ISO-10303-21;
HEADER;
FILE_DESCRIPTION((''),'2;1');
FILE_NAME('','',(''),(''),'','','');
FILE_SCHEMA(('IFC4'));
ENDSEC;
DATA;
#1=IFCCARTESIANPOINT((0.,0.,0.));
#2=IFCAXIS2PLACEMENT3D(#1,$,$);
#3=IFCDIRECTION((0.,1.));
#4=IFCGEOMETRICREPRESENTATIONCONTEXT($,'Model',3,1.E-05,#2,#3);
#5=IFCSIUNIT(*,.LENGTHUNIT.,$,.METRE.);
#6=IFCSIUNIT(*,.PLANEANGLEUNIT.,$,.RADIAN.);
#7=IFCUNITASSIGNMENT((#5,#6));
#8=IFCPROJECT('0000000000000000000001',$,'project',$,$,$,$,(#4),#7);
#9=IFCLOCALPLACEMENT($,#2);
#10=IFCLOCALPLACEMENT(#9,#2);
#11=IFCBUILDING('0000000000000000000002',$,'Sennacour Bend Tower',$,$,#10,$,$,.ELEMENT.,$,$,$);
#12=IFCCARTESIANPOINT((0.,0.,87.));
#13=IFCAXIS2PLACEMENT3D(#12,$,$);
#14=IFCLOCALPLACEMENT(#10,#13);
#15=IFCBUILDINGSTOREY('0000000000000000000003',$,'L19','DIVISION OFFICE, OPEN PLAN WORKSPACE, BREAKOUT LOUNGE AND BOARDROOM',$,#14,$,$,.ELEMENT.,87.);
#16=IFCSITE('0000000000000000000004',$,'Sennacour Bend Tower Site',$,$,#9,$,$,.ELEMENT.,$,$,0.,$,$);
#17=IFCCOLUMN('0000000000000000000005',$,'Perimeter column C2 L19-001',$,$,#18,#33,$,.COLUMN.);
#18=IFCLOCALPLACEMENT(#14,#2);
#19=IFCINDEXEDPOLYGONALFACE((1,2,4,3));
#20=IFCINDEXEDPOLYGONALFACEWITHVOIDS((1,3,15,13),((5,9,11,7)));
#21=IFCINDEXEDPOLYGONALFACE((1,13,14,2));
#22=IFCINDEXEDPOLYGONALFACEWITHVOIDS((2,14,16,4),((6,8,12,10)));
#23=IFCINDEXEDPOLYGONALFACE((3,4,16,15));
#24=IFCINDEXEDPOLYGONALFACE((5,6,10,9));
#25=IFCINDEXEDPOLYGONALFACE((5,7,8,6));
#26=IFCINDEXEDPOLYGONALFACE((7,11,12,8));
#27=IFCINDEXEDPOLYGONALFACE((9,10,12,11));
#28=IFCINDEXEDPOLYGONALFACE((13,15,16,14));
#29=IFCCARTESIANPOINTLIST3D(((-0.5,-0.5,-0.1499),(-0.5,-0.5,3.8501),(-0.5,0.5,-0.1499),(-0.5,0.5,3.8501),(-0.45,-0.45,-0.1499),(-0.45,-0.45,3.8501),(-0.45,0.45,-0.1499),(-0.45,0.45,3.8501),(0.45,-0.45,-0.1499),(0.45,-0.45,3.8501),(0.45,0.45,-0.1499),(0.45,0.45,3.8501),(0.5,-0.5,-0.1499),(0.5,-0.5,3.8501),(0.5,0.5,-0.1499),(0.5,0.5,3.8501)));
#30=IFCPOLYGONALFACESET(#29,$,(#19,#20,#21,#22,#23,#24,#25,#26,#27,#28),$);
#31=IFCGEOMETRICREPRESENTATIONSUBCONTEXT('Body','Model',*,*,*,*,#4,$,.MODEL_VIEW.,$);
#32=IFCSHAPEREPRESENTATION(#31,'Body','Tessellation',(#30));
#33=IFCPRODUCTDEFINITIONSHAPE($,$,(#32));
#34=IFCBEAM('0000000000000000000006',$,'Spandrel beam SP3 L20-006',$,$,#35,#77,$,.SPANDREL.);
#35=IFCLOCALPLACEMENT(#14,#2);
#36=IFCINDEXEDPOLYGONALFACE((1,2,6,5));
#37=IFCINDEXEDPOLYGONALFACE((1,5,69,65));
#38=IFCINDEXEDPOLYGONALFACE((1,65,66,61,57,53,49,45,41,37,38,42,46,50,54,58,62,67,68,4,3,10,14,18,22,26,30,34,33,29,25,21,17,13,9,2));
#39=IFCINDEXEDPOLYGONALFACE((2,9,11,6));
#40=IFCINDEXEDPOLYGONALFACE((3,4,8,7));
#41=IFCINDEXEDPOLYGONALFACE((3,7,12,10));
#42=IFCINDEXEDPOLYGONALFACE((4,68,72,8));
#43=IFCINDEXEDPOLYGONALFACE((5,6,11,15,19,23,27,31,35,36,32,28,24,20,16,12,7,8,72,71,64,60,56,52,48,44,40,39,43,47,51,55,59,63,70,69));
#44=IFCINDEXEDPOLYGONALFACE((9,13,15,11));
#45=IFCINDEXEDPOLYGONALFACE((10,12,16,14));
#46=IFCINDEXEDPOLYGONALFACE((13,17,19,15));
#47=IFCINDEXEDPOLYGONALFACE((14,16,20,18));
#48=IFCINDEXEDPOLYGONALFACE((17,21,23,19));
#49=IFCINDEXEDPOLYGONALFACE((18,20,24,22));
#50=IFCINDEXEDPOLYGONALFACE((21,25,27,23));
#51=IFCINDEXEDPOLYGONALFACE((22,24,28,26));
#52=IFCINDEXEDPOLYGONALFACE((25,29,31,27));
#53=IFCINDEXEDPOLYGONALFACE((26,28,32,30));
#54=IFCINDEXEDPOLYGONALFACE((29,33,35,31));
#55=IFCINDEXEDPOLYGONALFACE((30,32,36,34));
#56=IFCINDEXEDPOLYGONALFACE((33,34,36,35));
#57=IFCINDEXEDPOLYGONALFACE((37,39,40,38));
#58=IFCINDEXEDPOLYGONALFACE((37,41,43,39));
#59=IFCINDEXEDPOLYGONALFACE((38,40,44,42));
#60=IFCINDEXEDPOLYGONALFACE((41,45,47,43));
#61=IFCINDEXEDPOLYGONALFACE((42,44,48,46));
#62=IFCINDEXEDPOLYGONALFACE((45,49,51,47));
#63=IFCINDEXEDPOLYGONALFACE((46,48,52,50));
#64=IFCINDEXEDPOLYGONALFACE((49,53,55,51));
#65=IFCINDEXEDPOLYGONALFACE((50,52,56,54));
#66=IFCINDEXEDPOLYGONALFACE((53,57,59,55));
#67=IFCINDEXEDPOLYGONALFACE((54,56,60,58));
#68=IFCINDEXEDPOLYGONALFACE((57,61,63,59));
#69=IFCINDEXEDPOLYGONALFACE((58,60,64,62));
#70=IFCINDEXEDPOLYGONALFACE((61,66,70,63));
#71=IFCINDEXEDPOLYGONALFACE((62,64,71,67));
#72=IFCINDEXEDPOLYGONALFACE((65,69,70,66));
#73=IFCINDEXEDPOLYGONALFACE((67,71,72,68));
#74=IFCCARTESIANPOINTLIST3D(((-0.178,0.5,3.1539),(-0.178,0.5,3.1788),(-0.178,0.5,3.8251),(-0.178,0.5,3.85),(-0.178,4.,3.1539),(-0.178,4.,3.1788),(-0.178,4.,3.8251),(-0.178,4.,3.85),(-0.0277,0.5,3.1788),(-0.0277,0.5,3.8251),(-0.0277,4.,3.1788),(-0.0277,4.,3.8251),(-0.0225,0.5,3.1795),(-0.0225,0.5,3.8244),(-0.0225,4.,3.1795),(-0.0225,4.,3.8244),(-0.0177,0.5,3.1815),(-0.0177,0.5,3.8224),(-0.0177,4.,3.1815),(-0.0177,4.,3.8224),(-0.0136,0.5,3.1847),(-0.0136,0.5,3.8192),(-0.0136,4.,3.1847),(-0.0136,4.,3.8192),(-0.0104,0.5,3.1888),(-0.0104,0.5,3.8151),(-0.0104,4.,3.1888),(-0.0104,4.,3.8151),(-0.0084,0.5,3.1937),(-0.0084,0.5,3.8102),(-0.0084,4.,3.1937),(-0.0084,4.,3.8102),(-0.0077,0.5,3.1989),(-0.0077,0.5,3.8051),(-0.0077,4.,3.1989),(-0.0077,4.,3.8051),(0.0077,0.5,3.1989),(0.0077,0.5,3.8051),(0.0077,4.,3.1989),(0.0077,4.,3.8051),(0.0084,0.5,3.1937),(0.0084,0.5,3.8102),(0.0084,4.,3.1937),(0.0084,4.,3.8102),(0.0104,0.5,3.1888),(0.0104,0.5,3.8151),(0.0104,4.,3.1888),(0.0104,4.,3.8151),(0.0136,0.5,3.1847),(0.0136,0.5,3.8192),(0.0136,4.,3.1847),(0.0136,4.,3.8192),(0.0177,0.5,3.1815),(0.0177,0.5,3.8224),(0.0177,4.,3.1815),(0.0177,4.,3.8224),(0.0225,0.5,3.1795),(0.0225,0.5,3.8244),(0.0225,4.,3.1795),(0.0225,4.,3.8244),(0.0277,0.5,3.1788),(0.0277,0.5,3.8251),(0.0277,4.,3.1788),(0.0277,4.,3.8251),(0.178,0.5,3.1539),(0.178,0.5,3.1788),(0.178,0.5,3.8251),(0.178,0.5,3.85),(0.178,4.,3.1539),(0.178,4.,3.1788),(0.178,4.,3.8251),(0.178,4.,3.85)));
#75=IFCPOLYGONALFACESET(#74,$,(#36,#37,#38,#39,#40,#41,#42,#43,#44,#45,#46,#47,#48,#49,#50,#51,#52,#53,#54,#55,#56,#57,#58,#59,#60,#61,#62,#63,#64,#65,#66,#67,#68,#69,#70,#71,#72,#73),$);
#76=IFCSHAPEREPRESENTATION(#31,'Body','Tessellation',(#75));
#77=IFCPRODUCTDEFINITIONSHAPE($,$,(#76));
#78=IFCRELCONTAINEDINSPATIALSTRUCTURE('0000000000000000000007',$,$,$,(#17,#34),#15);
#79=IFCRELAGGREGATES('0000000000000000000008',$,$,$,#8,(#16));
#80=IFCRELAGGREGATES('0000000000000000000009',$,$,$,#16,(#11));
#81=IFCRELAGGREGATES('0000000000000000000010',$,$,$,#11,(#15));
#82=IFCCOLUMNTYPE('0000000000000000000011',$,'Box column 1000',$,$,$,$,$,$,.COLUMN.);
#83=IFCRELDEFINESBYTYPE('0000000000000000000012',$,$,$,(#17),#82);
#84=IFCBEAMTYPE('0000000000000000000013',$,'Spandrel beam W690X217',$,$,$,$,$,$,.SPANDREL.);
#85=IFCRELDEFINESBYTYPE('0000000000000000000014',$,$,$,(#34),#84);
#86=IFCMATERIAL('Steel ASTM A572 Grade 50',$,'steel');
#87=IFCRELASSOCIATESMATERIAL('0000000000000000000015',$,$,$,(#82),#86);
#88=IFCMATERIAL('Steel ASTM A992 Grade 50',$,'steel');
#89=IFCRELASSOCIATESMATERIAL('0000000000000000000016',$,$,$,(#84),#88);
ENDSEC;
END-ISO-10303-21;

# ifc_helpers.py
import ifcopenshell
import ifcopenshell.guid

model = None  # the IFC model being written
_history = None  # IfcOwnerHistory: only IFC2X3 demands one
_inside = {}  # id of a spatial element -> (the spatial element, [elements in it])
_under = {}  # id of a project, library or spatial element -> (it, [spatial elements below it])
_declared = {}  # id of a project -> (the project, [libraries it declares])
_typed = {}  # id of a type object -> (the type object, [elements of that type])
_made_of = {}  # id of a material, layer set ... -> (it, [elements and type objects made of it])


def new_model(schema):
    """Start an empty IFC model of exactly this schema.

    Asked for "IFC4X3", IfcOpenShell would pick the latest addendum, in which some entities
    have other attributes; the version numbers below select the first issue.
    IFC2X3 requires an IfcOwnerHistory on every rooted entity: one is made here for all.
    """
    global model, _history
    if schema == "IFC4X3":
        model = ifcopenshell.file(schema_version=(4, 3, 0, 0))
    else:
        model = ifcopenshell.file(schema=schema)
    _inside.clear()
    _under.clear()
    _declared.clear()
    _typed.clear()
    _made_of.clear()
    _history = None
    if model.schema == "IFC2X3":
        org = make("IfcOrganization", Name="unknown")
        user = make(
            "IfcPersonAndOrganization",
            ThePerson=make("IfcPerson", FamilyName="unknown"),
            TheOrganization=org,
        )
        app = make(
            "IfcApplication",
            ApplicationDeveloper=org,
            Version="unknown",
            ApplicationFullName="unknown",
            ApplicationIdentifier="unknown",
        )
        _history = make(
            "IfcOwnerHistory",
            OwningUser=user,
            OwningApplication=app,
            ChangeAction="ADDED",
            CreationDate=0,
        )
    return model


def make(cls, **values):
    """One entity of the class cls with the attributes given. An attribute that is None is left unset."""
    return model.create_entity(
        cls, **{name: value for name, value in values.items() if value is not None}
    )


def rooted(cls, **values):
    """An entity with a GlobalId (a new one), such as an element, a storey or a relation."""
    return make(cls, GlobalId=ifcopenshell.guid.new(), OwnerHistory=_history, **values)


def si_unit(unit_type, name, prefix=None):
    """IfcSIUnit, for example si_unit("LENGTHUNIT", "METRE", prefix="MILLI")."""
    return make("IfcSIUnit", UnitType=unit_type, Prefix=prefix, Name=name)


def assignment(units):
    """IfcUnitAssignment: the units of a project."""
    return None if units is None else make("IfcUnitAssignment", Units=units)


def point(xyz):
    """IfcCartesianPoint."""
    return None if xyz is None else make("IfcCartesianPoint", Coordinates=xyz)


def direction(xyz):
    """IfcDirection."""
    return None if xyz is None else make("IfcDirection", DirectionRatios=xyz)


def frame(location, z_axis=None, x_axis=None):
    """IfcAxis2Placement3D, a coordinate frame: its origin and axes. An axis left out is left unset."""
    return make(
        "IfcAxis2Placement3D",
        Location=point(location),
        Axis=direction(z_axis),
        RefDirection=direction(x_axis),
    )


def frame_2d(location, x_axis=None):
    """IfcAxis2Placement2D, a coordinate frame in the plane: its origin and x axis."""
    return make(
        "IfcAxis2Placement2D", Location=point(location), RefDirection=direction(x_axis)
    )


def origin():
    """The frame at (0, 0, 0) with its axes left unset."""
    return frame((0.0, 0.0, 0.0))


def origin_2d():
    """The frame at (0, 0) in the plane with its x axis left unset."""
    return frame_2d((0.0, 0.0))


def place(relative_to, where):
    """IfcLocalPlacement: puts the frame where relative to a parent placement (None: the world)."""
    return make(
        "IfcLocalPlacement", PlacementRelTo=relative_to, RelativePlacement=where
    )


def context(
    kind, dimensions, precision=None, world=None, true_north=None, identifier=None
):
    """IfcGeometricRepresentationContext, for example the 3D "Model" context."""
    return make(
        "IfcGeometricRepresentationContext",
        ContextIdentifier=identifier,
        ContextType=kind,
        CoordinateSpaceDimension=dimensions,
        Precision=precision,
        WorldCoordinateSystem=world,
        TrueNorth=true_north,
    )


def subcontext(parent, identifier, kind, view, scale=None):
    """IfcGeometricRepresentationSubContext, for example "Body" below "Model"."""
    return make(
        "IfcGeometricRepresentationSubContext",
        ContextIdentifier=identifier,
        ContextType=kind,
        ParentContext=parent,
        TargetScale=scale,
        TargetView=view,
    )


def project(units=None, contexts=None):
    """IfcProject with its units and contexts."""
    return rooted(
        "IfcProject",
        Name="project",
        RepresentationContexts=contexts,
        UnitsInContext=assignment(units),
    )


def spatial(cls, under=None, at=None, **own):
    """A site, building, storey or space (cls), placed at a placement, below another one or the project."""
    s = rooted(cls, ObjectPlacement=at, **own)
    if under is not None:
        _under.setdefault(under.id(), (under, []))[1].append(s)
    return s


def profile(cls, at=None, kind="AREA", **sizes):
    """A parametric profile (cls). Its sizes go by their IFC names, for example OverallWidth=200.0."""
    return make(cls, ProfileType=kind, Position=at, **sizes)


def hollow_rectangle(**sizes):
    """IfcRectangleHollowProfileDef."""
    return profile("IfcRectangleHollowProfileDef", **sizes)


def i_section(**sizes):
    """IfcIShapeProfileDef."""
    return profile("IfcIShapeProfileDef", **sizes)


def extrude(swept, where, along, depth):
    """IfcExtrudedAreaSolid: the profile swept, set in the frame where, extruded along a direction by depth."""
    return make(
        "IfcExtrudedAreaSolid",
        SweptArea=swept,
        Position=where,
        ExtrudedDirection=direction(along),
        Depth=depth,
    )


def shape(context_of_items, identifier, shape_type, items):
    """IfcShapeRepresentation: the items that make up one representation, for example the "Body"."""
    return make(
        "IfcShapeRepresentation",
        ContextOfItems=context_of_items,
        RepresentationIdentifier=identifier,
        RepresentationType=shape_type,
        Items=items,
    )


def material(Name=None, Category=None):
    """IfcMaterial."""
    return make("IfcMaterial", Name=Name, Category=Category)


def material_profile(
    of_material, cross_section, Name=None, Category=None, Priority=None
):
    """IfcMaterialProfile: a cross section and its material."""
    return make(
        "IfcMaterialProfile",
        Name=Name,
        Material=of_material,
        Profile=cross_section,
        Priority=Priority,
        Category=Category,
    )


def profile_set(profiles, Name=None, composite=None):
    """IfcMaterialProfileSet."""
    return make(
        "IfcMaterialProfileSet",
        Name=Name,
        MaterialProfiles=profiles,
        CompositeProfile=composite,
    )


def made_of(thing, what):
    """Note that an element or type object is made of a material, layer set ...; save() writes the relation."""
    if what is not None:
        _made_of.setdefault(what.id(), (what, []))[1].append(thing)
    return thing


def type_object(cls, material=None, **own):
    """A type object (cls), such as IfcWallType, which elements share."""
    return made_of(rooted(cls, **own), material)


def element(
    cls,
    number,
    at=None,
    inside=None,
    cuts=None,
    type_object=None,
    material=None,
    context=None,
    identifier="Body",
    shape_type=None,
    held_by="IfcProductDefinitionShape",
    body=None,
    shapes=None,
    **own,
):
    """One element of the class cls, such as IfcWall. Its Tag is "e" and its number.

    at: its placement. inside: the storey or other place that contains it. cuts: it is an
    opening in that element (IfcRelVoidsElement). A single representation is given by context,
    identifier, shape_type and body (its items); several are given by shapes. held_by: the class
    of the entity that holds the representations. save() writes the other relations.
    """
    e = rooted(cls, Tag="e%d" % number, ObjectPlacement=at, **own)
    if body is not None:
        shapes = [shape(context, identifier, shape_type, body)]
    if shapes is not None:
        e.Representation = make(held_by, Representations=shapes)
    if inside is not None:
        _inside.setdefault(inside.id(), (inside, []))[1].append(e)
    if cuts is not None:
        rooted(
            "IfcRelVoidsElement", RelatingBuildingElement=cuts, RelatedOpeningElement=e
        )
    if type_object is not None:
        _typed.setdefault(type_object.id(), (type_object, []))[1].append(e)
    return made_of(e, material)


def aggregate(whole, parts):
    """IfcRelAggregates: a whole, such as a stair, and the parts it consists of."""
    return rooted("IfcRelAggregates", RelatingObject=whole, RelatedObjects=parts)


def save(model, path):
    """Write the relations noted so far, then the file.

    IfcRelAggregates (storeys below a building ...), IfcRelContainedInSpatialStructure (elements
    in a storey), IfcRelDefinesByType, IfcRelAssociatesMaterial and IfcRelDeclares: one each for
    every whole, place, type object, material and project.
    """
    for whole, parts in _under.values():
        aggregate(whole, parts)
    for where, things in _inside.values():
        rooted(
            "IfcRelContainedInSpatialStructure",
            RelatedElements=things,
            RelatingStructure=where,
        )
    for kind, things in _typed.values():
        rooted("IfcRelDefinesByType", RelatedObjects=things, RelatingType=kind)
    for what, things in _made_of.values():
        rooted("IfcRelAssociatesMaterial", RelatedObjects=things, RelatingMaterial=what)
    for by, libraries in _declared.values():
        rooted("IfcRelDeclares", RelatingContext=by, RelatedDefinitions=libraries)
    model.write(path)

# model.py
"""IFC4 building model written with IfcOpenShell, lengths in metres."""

from ifc_helpers import new_model, si_unit, direction, frame, origin, origin_2d, place, context, subcontext, project, spatial, hollow_rectangle, i_section, extrude, material, material_profile, profile_set, type_object, element, save


model = new_model("IFC4")

# Units and contexts
model_context = context("Model", 3, precision=1e-05, world=origin(), true_north=direction((0.0, 1.0)))
body_context = subcontext(model_context, "Body", "Model", "MODEL_VIEW")
ifc_project = project(units=[si_unit("LENGTHUNIT", "METRE"), si_unit("PLANEANGLEUNIT", "RADIAN")], contexts=[model_context])

# Site, building, storey
site_placement = place(None, origin())
site = spatial("IfcSite", under=ifc_project, at=site_placement, Name="Sennacour Bend Tower Site", CompositionType="ELEMENT", RefElevation=0.0)
building_placement = place(site_placement, origin())
building = spatial("IfcBuilding", under=site, at=building_placement, Name="Sennacour Bend Tower", CompositionType="ELEMENT")
storey_placement = place(building_placement, frame((0.0, 0.0, 87.0)))
storey = spatial("IfcBuildingStorey", under=building, at=storey_placement, Name="L19", Description="DIVISION OFFICE, OPEN PLAN WORKSPACE, BREAKOUT LOUNGE AND BOARDROOM", CompositionType="ELEMENT", Elevation=87.0)

# Column
ifc_material_1 = material(Name="Steel ASTM A572 Grade 50", Category="steel")
ifc_material_profile_1 = material_profile(ifc_material_1, hollow_rectangle(XDim=1.0, YDim=1.0, WallThickness=0.05, at=origin_2d()), Name="Steel ASTM A572 Grade 50", Category="steel")
ifc_profile_set_1 = profile_set([ifc_material_profile_1], Name="Steel ASTM A572 Grade 50")
column_type = type_object("IfcColumnType", Name="Box column 1000", PredefinedType="COLUMN", material=ifc_profile_set_1)
column_placement = place(storey_placement, frame((0.0, 0.0, -0.1499), z_axis=(0.0, 0.0, 1.0), x_axis=(1.0, 0.0, 0.0)))
element("IfcColumn", 1, at=column_placement, inside=storey, type_object=column_type, Name="Perimeter column C2 L19-001", PredefinedType="COLUMN", context=body_context, shape_type="SweptSolid", body=[
    extrude(hollow_rectangle(XDim=1.0, YDim=1.0, WallThickness=0.05, at=origin_2d()), origin(), (0.0, 0.0, 1.0), 4.0),
])

# Beam
ifc_material_2 = material(Name="Steel ASTM A992 Grade 50", Category="steel")
ifc_material_profile_2 = material_profile(ifc_material_2, i_section(OverallWidth=0.356, OverallDepth=0.696, WebThickness=0.0154, FlangeThickness=0.0249, FilletRadius=0.02, at=origin_2d()), Name="Steel ASTM A992 Grade 50", Category="steel")
ifc_profile_set_2 = profile_set([ifc_material_profile_2], Name="Steel ASTM A992 Grade 50")
beam_type = type_object("IfcBeamType", Name="Spandrel beam W690X217", PredefinedType="SPANDREL", material=ifc_profile_set_2)
beam_placement = place(storey_placement, frame((0.0, 0.5, 3.502), z_axis=(0.0, 1.0, 0.0), x_axis=(-1.0, 0.0, 0.0)))
element("IfcBeam", 2, at=beam_placement, inside=storey, type_object=beam_type, Name="Spandrel beam SP3 L20-006", PredefinedType="SPANDREL", context=body_context, shape_type="SweptSolid", body=[
    extrude(i_section(OverallWidth=0.356, OverallDepth=0.696, WebThickness=0.0154, FlangeThickness=0.0249, FilletRadius=0.02, at=origin_2d()), origin(), (0.0, 0.0, 1.0), 3.5),
])

save(model, "model.ifc")
